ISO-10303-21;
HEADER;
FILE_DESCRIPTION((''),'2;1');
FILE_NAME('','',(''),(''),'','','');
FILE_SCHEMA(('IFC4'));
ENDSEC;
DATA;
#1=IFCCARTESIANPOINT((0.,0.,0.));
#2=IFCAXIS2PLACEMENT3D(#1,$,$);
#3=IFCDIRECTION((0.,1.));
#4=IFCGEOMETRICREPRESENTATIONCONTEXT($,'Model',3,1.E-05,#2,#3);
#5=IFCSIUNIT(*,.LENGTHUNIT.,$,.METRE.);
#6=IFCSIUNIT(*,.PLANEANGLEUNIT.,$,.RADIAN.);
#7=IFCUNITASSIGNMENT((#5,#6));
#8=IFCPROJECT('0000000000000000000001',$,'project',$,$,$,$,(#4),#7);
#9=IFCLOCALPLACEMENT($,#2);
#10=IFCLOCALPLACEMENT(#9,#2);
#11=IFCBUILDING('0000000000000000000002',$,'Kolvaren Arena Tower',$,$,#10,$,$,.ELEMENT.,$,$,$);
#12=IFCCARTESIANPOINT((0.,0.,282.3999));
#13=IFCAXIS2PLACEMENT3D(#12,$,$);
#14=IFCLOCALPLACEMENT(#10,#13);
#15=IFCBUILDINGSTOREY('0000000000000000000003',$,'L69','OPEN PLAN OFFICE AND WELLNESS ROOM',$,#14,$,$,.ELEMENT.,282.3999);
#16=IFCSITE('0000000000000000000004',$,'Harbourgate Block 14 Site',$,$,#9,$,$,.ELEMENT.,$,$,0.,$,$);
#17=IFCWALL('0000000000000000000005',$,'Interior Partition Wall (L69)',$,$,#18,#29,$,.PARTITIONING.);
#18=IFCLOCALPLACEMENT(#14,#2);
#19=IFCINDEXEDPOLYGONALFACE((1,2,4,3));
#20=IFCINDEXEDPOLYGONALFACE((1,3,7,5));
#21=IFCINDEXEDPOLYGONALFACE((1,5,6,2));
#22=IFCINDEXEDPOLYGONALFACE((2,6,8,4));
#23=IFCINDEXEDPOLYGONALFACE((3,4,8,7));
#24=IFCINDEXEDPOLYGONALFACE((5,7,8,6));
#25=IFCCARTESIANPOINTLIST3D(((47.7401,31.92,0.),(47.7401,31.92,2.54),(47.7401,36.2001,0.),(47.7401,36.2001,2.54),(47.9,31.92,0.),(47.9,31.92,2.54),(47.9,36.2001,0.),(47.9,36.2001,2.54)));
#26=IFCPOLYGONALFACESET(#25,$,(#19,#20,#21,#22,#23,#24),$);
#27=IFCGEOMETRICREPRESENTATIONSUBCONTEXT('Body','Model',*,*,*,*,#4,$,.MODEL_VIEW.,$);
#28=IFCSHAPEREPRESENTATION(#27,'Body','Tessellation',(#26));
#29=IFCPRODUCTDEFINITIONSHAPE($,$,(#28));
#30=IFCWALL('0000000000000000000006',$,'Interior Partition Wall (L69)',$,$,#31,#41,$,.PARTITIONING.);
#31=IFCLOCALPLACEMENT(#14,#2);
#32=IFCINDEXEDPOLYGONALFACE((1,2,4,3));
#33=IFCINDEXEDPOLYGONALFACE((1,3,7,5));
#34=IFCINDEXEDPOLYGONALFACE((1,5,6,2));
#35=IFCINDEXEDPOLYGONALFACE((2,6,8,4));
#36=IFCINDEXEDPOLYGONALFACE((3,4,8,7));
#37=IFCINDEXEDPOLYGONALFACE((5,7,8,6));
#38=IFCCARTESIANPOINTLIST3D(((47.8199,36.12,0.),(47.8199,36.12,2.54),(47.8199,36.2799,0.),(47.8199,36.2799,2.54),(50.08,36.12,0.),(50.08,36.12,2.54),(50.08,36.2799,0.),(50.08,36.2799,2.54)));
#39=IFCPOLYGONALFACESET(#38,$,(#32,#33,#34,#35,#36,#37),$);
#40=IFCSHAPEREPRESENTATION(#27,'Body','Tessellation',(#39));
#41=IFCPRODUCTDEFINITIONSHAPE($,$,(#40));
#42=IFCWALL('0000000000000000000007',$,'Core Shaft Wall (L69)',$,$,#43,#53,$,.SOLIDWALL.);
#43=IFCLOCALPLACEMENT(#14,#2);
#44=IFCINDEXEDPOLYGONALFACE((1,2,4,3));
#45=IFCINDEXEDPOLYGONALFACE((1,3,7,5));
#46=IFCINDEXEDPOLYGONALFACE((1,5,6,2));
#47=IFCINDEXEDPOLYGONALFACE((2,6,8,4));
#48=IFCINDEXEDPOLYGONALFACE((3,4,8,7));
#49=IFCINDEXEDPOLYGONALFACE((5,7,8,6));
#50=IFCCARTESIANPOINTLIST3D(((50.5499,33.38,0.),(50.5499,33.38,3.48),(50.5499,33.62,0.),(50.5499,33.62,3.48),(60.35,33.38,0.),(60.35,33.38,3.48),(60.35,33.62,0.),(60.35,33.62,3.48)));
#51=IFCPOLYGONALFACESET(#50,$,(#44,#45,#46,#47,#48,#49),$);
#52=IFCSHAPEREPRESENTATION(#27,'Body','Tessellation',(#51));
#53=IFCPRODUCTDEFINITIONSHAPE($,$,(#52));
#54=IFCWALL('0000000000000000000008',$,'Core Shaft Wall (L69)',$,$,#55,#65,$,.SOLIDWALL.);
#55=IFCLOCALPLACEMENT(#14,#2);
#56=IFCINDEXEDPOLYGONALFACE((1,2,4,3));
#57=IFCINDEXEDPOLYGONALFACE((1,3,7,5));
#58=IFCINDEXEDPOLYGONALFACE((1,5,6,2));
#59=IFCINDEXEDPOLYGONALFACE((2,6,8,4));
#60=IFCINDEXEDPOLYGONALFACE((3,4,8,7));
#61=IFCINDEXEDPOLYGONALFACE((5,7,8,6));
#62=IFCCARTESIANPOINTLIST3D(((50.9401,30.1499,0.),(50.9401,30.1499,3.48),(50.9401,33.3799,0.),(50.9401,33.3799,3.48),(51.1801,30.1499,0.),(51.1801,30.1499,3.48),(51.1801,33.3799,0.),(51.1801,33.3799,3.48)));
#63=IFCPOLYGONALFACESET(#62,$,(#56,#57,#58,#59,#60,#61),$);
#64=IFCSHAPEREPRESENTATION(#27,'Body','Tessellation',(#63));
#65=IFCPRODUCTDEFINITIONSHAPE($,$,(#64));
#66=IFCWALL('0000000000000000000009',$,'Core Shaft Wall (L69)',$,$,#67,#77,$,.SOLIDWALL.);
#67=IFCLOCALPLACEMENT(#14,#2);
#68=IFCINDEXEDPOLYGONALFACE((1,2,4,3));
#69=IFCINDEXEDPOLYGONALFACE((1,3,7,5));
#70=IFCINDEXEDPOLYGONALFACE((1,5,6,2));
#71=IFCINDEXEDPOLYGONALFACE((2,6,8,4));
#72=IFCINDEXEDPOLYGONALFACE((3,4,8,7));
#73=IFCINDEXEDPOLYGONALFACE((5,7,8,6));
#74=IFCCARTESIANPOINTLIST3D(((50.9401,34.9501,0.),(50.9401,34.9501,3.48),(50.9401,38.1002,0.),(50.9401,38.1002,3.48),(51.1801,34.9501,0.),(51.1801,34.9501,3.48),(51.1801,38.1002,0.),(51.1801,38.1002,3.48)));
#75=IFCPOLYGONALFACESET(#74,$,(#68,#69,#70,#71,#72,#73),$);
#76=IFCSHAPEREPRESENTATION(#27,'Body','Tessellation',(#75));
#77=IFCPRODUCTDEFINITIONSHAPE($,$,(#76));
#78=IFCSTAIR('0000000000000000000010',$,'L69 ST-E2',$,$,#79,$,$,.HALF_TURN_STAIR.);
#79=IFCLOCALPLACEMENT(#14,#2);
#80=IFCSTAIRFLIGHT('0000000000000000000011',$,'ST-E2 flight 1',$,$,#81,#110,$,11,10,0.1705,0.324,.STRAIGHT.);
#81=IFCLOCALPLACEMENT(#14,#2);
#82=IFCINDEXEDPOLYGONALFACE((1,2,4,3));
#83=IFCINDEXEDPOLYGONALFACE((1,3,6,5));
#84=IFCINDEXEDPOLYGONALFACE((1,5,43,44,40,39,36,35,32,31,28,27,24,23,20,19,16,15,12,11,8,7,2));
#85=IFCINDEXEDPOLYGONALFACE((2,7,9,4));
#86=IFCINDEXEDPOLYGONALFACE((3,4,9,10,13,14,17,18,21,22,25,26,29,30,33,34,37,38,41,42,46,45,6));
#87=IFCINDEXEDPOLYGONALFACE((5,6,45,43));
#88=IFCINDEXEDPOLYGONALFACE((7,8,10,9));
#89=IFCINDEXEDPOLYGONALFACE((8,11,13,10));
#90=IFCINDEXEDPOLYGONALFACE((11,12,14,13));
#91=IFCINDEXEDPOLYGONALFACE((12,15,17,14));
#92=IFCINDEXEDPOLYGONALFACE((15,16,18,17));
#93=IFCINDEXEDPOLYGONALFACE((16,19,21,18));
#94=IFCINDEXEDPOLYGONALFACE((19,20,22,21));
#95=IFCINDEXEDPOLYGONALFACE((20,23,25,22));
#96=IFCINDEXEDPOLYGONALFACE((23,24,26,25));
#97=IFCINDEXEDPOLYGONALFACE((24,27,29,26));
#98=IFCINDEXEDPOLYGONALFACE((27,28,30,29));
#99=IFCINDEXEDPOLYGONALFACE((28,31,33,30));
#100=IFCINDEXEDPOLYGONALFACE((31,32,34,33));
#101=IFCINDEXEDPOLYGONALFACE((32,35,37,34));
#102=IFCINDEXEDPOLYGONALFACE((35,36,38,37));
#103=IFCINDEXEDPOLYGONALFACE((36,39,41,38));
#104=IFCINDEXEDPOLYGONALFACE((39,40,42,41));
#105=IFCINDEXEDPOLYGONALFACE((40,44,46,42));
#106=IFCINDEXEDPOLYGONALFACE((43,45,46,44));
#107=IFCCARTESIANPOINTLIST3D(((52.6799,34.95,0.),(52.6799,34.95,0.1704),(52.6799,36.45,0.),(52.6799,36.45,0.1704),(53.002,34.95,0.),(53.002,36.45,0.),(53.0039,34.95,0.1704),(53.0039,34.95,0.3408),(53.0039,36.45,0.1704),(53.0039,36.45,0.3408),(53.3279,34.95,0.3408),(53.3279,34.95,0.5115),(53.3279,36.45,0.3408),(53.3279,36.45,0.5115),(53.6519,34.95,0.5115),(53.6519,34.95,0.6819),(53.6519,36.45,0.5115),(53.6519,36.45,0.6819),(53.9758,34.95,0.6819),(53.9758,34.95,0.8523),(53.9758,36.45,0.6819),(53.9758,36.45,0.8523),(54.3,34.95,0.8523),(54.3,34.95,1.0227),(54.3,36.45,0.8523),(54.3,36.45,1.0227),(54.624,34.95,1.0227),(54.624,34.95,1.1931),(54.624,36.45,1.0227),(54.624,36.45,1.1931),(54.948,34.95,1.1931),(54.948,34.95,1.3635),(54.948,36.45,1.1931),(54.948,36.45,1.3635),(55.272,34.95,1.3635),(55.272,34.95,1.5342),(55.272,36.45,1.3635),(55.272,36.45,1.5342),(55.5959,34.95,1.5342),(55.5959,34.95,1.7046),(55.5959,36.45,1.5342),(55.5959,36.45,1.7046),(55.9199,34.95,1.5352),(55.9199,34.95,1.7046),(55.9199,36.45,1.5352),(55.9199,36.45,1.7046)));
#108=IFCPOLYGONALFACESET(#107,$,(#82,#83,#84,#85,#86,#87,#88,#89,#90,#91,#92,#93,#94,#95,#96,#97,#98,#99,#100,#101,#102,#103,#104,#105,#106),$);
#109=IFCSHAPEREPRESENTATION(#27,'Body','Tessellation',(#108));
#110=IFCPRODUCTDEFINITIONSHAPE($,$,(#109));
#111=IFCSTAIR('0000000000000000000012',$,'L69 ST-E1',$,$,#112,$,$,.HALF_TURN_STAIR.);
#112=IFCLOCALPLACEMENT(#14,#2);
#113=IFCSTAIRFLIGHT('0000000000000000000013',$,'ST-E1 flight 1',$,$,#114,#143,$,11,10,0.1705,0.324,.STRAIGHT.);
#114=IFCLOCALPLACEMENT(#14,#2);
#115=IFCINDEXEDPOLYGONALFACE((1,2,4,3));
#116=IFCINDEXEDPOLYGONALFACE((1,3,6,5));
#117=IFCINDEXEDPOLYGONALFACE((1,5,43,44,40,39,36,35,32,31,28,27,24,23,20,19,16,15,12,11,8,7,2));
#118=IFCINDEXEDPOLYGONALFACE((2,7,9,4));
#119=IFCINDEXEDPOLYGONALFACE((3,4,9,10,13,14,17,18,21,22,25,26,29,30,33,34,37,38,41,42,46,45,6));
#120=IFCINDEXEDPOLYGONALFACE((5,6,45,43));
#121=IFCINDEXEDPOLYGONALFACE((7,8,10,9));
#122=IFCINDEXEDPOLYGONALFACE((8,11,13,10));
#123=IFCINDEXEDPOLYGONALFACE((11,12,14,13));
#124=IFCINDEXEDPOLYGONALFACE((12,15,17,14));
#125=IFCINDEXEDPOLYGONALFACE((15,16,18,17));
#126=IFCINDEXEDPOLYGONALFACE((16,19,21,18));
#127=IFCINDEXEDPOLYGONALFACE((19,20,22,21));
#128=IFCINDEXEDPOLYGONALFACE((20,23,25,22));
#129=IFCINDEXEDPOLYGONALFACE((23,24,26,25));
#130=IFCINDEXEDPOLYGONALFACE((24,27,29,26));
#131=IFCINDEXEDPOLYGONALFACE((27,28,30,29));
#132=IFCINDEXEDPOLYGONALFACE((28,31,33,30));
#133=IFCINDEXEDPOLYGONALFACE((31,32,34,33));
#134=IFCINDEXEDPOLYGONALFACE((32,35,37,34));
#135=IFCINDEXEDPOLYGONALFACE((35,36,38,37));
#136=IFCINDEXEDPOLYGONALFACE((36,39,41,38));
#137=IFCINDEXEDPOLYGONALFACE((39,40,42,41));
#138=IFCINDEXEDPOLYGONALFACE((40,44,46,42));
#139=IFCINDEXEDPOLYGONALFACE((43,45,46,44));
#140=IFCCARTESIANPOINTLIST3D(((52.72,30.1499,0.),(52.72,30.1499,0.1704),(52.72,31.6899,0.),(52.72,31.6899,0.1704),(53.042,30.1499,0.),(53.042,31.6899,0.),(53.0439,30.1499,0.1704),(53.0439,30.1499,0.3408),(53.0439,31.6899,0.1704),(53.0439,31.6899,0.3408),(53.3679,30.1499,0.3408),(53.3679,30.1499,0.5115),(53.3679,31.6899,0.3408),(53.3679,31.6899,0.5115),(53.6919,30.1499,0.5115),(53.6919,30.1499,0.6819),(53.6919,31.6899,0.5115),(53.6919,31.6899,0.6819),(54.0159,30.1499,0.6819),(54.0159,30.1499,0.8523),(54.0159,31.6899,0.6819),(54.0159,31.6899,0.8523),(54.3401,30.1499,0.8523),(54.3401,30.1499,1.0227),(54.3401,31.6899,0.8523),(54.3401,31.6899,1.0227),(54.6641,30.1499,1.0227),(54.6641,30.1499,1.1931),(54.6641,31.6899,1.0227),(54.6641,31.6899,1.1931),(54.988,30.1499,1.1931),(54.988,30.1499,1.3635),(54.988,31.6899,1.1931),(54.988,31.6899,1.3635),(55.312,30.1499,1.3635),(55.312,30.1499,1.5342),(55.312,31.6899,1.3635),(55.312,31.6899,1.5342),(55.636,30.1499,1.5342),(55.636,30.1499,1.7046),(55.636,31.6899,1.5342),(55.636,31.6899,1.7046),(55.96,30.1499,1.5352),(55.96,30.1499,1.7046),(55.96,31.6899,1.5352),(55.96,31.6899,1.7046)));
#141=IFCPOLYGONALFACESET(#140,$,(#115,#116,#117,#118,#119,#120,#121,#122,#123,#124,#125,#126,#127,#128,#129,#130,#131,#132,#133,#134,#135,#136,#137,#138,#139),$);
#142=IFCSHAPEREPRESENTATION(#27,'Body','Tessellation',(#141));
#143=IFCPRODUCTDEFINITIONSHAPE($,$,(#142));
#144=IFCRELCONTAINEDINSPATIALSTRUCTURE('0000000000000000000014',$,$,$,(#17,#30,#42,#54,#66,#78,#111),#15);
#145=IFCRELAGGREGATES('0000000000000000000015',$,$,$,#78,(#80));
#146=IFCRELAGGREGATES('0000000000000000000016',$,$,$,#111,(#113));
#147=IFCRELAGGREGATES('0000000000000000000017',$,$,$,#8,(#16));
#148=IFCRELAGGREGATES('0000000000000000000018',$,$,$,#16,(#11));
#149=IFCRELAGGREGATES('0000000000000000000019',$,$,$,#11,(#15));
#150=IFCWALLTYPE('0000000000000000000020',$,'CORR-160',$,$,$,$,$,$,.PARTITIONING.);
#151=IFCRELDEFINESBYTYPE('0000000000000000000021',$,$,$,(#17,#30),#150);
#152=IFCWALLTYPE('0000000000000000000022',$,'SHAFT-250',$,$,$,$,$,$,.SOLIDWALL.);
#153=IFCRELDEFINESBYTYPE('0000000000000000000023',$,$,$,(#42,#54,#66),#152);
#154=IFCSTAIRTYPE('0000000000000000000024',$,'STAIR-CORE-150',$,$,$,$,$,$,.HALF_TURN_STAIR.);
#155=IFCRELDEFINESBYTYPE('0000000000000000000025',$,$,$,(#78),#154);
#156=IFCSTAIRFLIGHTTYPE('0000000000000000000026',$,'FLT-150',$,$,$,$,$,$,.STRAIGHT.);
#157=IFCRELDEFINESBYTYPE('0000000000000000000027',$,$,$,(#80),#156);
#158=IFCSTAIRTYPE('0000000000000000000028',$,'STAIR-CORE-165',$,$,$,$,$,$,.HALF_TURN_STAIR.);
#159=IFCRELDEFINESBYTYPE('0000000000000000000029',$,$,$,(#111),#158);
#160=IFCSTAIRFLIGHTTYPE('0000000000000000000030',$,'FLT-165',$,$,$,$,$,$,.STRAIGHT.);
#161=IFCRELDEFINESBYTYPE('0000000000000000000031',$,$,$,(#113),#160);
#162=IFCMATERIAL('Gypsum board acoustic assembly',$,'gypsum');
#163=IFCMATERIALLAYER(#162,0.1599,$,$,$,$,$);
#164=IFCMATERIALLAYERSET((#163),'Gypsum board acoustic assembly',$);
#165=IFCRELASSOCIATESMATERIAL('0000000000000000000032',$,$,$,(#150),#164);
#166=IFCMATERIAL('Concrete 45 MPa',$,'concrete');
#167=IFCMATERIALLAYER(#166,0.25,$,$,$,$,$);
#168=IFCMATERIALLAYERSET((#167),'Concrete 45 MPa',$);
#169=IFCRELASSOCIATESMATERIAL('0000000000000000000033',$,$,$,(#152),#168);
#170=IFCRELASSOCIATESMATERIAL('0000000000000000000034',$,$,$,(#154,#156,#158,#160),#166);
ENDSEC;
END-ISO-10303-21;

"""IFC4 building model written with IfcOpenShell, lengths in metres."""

from ifc_helpers import new_model, si_unit, direction, frame, frame_2d, origin, place, context, subcontext, project, spatial, polyline, rectangle, outline, extrude, material, layer, layer_set, type_object, element, aggregate, save


model = new_model("IFC4")

# Units and contexts
model_context = context("Model", 3, precision=1e-05, world=origin(), true_north=direction((0.0, 1.0)))
body_context = subcontext(model_context, "Body", "Model", "MODEL_VIEW")
ifc_project = project(units=[si_unit("LENGTHUNIT", "METRE"), si_unit("PLANEANGLEUNIT", "RADIAN")], contexts=[model_context])

# Site, building, storey
site_placement = place(None, origin())
site = spatial("IfcSite", under=ifc_project, at=site_placement, Name="Harbourgate Block 14 Site", CompositionType="ELEMENT", RefElevation=0.0)
building_placement = place(site_placement, origin())
building = spatial("IfcBuilding", under=site, at=building_placement, Name="Kolvaren Arena Tower", CompositionType="ELEMENT")
storey_placement = place(building_placement, frame((0.0, 0.0, 282.3999)))
storey = spatial("IfcBuildingStorey", under=building, at=storey_placement, Name="L69", Description="OPEN PLAN OFFICE AND WELLNESS ROOM", CompositionType="ELEMENT", Elevation=282.3999)

# Shared definitions
ifc_material_1 = material(Name="Gypsum board acoustic assembly", Category="gypsum")
ifc_layer_1 = layer(ifc_material_1, 0.1599)
ifc_layer_set_1 = layer_set([ifc_layer_1], Name="Gypsum board acoustic assembly")
wall_type_1 = type_object("IfcWallType", Name="CORR-160", PredefinedType="PARTITIONING", material=ifc_layer_set_1)

# Walls
wall_1_placement = place(storey_placement, frame((47.8201, 31.9199, 0.0), z_axis=(0.0, 0.0, 1.0), x_axis=(0.0, 1.0, 0.0)))
element("IfcWall", 1, at=wall_1_placement, inside=storey, type_object=wall_type_1, Name="Interior Partition Wall (L69)", PredefinedType="PARTITIONING", context=body_context, shape_type="SweptSolid", body=[
    extrude(rectangle(XDim=4.28, YDim=0.1599, at=frame_2d((2.1401, 0.0))), origin(), (0.0, 0.0, 1.0), 2.54),
])
wall_2_placement = place(storey_placement, frame((47.8201, 36.2, 0.0), z_axis=(0.0, 0.0, 1.0), x_axis=(1.0, 0.0, 0.0)))
element("IfcWall", 2, at=wall_2_placement, inside=storey, type_object=wall_type_1, Name="Interior Partition Wall (L69)", PredefinedType="PARTITIONING", context=body_context, shape_type="SweptSolid", body=[
    extrude(rectangle(XDim=2.26, YDim=0.1599, at=frame_2d((1.1299, 0.0))), origin(), (0.0, 0.0, 1.0), 2.54),
])
ifc_material_2 = material(Name="Concrete 45 MPa", Category="concrete")
ifc_layer_2 = layer(ifc_material_2, 0.25)
ifc_layer_set_2 = layer_set([ifc_layer_2], Name="Concrete 45 MPa")
wall_type_2 = type_object("IfcWallType", Name="SHAFT-250", PredefinedType="SOLIDWALL", material=ifc_layer_set_2)
wall_3_placement = place(storey_placement, frame((50.55, 33.5, 0.0), z_axis=(0.0, 0.0, 1.0), x_axis=(1.0, 0.0, 0.0)))
element("IfcWall", 3, at=wall_3_placement, inside=storey, type_object=wall_type_2, Name="Core Shaft Wall (L69)", PredefinedType="SOLIDWALL", context=body_context, shape_type="SweptSolid", body=[
    extrude(rectangle(XDim=9.8, YDim=0.24, at=frame_2d((4.8999, 0.0))), origin(), (0.0, 0.0, 1.0), 3.48),
])
wall_4_placement = place(storey_placement, frame((51.0601, 30.1499, 0.0), z_axis=(0.0, 0.0, 1.0), x_axis=(0.0, 1.0, 0.0)))
element("IfcWall", 4, at=wall_4_placement, inside=storey, type_object=wall_type_2, Name="Core Shaft Wall (L69)", PredefinedType="SOLIDWALL", context=body_context, shape_type="SweptSolid", body=[
    extrude(rectangle(XDim=3.23, YDim=0.24, at=frame_2d((1.615, 0.0))), origin(), (0.0, 0.0, 1.0), 3.48),
])
wall_5_placement = place(storey_placement, frame((51.0601, 34.95, 0.0), z_axis=(0.0, 0.0, 1.0), x_axis=(0.0, 1.0, 0.0)))
element("IfcWall", 5, at=wall_5_placement, inside=storey, type_object=wall_type_2, Name="Core Shaft Wall (L69)", PredefinedType="SOLIDWALL", context=body_context, shape_type="SweptSolid", body=[
    extrude(rectangle(XDim=3.1501, YDim=0.24, at=frame_2d((1.5752, 0.0))), origin(), (0.0, 0.0, 1.0), 3.48),
])

# Stairs, stair flights
stair_type_1 = type_object("IfcStairType", Name="STAIR-CORE-150", PredefinedType="HALF_TURN_STAIR", material=ifc_material_2)
stair_1_placement = place(storey_placement, origin())
stair_1 = element("IfcStair", 6, at=stair_1_placement, inside=storey, type_object=stair_type_1, Name="L69 ST-E2", PredefinedType="HALF_TURN_STAIR")
stair_flight_type_1 = type_object("IfcStairFlightType", Name="FLT-150", PredefinedType="STRAIGHT", material=ifc_material_2)
stair_flight_1_placement = place(storey_placement, frame((52.6799, 35.7, 0.0), z_axis=(0.0, 0.0, 1.0), x_axis=(1.0, 0.0, 0.0)))
stair_flight_1 = element("IfcStairFlight", 7, at=stair_flight_1_placement, type_object=stair_flight_type_1, Name="ST-E2 flight 1", NumberOfRisers=11, NumberOfTreads=10, PredefinedType="STRAIGHT", RiserHeight=0.1705, TreadLength=0.324, context=body_context, shape_type="SweptSolid", body=[
    extrude(outline(polyline([(0.0, 0.0), (0.0, 0.1704), (0.324, 0.1704), (0.324, 0.3408), (0.6479, 0.3408), (0.6479, 0.5115), (0.9719, 0.5115), (0.9719, 0.6819), (1.2959, 0.6819), (1.2959, 0.8523), (1.6201, 0.8523), (1.6201, 1.0227), (1.9441, 1.0227), (1.9441, 1.1931), (2.2681, 1.1931), (2.2681, 1.3635), (2.592, 1.3635), (2.592, 1.5342), (2.916, 1.5342), (2.916, 1.7046), (3.24, 1.7046), (3.24, 1.875), (3.24, 1.5352), (0.322, 0.0), (0.0, 0.0)])), frame((0.0, 0.75, 0.0), z_axis=(0.0, -1.0, 0.0), x_axis=(1.0, 0.0, 0.0)), (0.0, 0.0, 1.0), 1.5),
])
aggregate(stair_1, [stair_flight_1])
stair_type_2 = type_object("IfcStairType", Name="STAIR-CORE-165", PredefinedType="HALF_TURN_STAIR", material=ifc_material_2)
stair_2_placement = place(storey_placement, origin())
stair_2 = element("IfcStair", 8, at=stair_2_placement, inside=storey, type_object=stair_type_2, Name="L69 ST-E1", PredefinedType="HALF_TURN_STAIR")
stair_flight_type_2 = type_object("IfcStairFlightType", Name="FLT-165", PredefinedType="STRAIGHT", material=ifc_material_2)
stair_flight_2_placement = place(storey_placement, frame((52.72, 30.9199, 0.0), z_axis=(0.0, 0.0, 1.0), x_axis=(1.0, 0.0, 0.0)))
stair_flight_2 = element("IfcStairFlight", 9, at=stair_flight_2_placement, type_object=stair_flight_type_2, Name="ST-E1 flight 1", NumberOfRisers=11, NumberOfTreads=10, PredefinedType="STRAIGHT", RiserHeight=0.1705, TreadLength=0.324, context=body_context, shape_type="SweptSolid", body=[
    extrude(outline(polyline([(0.0, 0.0), (0.0, 0.1704), (0.324, 0.1704), (0.324, 0.3408), (0.6479, 0.3408), (0.6479, 0.5115), (0.9719, 0.5115), (0.9719, 0.6819), (1.2959, 0.6819), (1.2959, 0.8523), (1.6201, 0.8523), (1.6201, 1.0227), (1.9441, 1.0227), (1.9441, 1.1931), (2.2681, 1.1931), (2.2681, 1.3635), (2.592, 1.3635), (2.592, 1.5342), (2.916, 1.5342), (2.916, 1.7046), (3.24, 1.7046), (3.24, 1.875), (3.24, 1.5352), (0.322, 0.0), (0.0, 0.0)])), frame((0.0, 0.77, 0.0), z_axis=(0.0, -1.0, 0.0), x_axis=(1.0, 0.0, 0.0)), (0.0, 0.0, 1.0), 1.54),
])
aggregate(stair_2, [stair_flight_2])

save(model, "model.ifc")
